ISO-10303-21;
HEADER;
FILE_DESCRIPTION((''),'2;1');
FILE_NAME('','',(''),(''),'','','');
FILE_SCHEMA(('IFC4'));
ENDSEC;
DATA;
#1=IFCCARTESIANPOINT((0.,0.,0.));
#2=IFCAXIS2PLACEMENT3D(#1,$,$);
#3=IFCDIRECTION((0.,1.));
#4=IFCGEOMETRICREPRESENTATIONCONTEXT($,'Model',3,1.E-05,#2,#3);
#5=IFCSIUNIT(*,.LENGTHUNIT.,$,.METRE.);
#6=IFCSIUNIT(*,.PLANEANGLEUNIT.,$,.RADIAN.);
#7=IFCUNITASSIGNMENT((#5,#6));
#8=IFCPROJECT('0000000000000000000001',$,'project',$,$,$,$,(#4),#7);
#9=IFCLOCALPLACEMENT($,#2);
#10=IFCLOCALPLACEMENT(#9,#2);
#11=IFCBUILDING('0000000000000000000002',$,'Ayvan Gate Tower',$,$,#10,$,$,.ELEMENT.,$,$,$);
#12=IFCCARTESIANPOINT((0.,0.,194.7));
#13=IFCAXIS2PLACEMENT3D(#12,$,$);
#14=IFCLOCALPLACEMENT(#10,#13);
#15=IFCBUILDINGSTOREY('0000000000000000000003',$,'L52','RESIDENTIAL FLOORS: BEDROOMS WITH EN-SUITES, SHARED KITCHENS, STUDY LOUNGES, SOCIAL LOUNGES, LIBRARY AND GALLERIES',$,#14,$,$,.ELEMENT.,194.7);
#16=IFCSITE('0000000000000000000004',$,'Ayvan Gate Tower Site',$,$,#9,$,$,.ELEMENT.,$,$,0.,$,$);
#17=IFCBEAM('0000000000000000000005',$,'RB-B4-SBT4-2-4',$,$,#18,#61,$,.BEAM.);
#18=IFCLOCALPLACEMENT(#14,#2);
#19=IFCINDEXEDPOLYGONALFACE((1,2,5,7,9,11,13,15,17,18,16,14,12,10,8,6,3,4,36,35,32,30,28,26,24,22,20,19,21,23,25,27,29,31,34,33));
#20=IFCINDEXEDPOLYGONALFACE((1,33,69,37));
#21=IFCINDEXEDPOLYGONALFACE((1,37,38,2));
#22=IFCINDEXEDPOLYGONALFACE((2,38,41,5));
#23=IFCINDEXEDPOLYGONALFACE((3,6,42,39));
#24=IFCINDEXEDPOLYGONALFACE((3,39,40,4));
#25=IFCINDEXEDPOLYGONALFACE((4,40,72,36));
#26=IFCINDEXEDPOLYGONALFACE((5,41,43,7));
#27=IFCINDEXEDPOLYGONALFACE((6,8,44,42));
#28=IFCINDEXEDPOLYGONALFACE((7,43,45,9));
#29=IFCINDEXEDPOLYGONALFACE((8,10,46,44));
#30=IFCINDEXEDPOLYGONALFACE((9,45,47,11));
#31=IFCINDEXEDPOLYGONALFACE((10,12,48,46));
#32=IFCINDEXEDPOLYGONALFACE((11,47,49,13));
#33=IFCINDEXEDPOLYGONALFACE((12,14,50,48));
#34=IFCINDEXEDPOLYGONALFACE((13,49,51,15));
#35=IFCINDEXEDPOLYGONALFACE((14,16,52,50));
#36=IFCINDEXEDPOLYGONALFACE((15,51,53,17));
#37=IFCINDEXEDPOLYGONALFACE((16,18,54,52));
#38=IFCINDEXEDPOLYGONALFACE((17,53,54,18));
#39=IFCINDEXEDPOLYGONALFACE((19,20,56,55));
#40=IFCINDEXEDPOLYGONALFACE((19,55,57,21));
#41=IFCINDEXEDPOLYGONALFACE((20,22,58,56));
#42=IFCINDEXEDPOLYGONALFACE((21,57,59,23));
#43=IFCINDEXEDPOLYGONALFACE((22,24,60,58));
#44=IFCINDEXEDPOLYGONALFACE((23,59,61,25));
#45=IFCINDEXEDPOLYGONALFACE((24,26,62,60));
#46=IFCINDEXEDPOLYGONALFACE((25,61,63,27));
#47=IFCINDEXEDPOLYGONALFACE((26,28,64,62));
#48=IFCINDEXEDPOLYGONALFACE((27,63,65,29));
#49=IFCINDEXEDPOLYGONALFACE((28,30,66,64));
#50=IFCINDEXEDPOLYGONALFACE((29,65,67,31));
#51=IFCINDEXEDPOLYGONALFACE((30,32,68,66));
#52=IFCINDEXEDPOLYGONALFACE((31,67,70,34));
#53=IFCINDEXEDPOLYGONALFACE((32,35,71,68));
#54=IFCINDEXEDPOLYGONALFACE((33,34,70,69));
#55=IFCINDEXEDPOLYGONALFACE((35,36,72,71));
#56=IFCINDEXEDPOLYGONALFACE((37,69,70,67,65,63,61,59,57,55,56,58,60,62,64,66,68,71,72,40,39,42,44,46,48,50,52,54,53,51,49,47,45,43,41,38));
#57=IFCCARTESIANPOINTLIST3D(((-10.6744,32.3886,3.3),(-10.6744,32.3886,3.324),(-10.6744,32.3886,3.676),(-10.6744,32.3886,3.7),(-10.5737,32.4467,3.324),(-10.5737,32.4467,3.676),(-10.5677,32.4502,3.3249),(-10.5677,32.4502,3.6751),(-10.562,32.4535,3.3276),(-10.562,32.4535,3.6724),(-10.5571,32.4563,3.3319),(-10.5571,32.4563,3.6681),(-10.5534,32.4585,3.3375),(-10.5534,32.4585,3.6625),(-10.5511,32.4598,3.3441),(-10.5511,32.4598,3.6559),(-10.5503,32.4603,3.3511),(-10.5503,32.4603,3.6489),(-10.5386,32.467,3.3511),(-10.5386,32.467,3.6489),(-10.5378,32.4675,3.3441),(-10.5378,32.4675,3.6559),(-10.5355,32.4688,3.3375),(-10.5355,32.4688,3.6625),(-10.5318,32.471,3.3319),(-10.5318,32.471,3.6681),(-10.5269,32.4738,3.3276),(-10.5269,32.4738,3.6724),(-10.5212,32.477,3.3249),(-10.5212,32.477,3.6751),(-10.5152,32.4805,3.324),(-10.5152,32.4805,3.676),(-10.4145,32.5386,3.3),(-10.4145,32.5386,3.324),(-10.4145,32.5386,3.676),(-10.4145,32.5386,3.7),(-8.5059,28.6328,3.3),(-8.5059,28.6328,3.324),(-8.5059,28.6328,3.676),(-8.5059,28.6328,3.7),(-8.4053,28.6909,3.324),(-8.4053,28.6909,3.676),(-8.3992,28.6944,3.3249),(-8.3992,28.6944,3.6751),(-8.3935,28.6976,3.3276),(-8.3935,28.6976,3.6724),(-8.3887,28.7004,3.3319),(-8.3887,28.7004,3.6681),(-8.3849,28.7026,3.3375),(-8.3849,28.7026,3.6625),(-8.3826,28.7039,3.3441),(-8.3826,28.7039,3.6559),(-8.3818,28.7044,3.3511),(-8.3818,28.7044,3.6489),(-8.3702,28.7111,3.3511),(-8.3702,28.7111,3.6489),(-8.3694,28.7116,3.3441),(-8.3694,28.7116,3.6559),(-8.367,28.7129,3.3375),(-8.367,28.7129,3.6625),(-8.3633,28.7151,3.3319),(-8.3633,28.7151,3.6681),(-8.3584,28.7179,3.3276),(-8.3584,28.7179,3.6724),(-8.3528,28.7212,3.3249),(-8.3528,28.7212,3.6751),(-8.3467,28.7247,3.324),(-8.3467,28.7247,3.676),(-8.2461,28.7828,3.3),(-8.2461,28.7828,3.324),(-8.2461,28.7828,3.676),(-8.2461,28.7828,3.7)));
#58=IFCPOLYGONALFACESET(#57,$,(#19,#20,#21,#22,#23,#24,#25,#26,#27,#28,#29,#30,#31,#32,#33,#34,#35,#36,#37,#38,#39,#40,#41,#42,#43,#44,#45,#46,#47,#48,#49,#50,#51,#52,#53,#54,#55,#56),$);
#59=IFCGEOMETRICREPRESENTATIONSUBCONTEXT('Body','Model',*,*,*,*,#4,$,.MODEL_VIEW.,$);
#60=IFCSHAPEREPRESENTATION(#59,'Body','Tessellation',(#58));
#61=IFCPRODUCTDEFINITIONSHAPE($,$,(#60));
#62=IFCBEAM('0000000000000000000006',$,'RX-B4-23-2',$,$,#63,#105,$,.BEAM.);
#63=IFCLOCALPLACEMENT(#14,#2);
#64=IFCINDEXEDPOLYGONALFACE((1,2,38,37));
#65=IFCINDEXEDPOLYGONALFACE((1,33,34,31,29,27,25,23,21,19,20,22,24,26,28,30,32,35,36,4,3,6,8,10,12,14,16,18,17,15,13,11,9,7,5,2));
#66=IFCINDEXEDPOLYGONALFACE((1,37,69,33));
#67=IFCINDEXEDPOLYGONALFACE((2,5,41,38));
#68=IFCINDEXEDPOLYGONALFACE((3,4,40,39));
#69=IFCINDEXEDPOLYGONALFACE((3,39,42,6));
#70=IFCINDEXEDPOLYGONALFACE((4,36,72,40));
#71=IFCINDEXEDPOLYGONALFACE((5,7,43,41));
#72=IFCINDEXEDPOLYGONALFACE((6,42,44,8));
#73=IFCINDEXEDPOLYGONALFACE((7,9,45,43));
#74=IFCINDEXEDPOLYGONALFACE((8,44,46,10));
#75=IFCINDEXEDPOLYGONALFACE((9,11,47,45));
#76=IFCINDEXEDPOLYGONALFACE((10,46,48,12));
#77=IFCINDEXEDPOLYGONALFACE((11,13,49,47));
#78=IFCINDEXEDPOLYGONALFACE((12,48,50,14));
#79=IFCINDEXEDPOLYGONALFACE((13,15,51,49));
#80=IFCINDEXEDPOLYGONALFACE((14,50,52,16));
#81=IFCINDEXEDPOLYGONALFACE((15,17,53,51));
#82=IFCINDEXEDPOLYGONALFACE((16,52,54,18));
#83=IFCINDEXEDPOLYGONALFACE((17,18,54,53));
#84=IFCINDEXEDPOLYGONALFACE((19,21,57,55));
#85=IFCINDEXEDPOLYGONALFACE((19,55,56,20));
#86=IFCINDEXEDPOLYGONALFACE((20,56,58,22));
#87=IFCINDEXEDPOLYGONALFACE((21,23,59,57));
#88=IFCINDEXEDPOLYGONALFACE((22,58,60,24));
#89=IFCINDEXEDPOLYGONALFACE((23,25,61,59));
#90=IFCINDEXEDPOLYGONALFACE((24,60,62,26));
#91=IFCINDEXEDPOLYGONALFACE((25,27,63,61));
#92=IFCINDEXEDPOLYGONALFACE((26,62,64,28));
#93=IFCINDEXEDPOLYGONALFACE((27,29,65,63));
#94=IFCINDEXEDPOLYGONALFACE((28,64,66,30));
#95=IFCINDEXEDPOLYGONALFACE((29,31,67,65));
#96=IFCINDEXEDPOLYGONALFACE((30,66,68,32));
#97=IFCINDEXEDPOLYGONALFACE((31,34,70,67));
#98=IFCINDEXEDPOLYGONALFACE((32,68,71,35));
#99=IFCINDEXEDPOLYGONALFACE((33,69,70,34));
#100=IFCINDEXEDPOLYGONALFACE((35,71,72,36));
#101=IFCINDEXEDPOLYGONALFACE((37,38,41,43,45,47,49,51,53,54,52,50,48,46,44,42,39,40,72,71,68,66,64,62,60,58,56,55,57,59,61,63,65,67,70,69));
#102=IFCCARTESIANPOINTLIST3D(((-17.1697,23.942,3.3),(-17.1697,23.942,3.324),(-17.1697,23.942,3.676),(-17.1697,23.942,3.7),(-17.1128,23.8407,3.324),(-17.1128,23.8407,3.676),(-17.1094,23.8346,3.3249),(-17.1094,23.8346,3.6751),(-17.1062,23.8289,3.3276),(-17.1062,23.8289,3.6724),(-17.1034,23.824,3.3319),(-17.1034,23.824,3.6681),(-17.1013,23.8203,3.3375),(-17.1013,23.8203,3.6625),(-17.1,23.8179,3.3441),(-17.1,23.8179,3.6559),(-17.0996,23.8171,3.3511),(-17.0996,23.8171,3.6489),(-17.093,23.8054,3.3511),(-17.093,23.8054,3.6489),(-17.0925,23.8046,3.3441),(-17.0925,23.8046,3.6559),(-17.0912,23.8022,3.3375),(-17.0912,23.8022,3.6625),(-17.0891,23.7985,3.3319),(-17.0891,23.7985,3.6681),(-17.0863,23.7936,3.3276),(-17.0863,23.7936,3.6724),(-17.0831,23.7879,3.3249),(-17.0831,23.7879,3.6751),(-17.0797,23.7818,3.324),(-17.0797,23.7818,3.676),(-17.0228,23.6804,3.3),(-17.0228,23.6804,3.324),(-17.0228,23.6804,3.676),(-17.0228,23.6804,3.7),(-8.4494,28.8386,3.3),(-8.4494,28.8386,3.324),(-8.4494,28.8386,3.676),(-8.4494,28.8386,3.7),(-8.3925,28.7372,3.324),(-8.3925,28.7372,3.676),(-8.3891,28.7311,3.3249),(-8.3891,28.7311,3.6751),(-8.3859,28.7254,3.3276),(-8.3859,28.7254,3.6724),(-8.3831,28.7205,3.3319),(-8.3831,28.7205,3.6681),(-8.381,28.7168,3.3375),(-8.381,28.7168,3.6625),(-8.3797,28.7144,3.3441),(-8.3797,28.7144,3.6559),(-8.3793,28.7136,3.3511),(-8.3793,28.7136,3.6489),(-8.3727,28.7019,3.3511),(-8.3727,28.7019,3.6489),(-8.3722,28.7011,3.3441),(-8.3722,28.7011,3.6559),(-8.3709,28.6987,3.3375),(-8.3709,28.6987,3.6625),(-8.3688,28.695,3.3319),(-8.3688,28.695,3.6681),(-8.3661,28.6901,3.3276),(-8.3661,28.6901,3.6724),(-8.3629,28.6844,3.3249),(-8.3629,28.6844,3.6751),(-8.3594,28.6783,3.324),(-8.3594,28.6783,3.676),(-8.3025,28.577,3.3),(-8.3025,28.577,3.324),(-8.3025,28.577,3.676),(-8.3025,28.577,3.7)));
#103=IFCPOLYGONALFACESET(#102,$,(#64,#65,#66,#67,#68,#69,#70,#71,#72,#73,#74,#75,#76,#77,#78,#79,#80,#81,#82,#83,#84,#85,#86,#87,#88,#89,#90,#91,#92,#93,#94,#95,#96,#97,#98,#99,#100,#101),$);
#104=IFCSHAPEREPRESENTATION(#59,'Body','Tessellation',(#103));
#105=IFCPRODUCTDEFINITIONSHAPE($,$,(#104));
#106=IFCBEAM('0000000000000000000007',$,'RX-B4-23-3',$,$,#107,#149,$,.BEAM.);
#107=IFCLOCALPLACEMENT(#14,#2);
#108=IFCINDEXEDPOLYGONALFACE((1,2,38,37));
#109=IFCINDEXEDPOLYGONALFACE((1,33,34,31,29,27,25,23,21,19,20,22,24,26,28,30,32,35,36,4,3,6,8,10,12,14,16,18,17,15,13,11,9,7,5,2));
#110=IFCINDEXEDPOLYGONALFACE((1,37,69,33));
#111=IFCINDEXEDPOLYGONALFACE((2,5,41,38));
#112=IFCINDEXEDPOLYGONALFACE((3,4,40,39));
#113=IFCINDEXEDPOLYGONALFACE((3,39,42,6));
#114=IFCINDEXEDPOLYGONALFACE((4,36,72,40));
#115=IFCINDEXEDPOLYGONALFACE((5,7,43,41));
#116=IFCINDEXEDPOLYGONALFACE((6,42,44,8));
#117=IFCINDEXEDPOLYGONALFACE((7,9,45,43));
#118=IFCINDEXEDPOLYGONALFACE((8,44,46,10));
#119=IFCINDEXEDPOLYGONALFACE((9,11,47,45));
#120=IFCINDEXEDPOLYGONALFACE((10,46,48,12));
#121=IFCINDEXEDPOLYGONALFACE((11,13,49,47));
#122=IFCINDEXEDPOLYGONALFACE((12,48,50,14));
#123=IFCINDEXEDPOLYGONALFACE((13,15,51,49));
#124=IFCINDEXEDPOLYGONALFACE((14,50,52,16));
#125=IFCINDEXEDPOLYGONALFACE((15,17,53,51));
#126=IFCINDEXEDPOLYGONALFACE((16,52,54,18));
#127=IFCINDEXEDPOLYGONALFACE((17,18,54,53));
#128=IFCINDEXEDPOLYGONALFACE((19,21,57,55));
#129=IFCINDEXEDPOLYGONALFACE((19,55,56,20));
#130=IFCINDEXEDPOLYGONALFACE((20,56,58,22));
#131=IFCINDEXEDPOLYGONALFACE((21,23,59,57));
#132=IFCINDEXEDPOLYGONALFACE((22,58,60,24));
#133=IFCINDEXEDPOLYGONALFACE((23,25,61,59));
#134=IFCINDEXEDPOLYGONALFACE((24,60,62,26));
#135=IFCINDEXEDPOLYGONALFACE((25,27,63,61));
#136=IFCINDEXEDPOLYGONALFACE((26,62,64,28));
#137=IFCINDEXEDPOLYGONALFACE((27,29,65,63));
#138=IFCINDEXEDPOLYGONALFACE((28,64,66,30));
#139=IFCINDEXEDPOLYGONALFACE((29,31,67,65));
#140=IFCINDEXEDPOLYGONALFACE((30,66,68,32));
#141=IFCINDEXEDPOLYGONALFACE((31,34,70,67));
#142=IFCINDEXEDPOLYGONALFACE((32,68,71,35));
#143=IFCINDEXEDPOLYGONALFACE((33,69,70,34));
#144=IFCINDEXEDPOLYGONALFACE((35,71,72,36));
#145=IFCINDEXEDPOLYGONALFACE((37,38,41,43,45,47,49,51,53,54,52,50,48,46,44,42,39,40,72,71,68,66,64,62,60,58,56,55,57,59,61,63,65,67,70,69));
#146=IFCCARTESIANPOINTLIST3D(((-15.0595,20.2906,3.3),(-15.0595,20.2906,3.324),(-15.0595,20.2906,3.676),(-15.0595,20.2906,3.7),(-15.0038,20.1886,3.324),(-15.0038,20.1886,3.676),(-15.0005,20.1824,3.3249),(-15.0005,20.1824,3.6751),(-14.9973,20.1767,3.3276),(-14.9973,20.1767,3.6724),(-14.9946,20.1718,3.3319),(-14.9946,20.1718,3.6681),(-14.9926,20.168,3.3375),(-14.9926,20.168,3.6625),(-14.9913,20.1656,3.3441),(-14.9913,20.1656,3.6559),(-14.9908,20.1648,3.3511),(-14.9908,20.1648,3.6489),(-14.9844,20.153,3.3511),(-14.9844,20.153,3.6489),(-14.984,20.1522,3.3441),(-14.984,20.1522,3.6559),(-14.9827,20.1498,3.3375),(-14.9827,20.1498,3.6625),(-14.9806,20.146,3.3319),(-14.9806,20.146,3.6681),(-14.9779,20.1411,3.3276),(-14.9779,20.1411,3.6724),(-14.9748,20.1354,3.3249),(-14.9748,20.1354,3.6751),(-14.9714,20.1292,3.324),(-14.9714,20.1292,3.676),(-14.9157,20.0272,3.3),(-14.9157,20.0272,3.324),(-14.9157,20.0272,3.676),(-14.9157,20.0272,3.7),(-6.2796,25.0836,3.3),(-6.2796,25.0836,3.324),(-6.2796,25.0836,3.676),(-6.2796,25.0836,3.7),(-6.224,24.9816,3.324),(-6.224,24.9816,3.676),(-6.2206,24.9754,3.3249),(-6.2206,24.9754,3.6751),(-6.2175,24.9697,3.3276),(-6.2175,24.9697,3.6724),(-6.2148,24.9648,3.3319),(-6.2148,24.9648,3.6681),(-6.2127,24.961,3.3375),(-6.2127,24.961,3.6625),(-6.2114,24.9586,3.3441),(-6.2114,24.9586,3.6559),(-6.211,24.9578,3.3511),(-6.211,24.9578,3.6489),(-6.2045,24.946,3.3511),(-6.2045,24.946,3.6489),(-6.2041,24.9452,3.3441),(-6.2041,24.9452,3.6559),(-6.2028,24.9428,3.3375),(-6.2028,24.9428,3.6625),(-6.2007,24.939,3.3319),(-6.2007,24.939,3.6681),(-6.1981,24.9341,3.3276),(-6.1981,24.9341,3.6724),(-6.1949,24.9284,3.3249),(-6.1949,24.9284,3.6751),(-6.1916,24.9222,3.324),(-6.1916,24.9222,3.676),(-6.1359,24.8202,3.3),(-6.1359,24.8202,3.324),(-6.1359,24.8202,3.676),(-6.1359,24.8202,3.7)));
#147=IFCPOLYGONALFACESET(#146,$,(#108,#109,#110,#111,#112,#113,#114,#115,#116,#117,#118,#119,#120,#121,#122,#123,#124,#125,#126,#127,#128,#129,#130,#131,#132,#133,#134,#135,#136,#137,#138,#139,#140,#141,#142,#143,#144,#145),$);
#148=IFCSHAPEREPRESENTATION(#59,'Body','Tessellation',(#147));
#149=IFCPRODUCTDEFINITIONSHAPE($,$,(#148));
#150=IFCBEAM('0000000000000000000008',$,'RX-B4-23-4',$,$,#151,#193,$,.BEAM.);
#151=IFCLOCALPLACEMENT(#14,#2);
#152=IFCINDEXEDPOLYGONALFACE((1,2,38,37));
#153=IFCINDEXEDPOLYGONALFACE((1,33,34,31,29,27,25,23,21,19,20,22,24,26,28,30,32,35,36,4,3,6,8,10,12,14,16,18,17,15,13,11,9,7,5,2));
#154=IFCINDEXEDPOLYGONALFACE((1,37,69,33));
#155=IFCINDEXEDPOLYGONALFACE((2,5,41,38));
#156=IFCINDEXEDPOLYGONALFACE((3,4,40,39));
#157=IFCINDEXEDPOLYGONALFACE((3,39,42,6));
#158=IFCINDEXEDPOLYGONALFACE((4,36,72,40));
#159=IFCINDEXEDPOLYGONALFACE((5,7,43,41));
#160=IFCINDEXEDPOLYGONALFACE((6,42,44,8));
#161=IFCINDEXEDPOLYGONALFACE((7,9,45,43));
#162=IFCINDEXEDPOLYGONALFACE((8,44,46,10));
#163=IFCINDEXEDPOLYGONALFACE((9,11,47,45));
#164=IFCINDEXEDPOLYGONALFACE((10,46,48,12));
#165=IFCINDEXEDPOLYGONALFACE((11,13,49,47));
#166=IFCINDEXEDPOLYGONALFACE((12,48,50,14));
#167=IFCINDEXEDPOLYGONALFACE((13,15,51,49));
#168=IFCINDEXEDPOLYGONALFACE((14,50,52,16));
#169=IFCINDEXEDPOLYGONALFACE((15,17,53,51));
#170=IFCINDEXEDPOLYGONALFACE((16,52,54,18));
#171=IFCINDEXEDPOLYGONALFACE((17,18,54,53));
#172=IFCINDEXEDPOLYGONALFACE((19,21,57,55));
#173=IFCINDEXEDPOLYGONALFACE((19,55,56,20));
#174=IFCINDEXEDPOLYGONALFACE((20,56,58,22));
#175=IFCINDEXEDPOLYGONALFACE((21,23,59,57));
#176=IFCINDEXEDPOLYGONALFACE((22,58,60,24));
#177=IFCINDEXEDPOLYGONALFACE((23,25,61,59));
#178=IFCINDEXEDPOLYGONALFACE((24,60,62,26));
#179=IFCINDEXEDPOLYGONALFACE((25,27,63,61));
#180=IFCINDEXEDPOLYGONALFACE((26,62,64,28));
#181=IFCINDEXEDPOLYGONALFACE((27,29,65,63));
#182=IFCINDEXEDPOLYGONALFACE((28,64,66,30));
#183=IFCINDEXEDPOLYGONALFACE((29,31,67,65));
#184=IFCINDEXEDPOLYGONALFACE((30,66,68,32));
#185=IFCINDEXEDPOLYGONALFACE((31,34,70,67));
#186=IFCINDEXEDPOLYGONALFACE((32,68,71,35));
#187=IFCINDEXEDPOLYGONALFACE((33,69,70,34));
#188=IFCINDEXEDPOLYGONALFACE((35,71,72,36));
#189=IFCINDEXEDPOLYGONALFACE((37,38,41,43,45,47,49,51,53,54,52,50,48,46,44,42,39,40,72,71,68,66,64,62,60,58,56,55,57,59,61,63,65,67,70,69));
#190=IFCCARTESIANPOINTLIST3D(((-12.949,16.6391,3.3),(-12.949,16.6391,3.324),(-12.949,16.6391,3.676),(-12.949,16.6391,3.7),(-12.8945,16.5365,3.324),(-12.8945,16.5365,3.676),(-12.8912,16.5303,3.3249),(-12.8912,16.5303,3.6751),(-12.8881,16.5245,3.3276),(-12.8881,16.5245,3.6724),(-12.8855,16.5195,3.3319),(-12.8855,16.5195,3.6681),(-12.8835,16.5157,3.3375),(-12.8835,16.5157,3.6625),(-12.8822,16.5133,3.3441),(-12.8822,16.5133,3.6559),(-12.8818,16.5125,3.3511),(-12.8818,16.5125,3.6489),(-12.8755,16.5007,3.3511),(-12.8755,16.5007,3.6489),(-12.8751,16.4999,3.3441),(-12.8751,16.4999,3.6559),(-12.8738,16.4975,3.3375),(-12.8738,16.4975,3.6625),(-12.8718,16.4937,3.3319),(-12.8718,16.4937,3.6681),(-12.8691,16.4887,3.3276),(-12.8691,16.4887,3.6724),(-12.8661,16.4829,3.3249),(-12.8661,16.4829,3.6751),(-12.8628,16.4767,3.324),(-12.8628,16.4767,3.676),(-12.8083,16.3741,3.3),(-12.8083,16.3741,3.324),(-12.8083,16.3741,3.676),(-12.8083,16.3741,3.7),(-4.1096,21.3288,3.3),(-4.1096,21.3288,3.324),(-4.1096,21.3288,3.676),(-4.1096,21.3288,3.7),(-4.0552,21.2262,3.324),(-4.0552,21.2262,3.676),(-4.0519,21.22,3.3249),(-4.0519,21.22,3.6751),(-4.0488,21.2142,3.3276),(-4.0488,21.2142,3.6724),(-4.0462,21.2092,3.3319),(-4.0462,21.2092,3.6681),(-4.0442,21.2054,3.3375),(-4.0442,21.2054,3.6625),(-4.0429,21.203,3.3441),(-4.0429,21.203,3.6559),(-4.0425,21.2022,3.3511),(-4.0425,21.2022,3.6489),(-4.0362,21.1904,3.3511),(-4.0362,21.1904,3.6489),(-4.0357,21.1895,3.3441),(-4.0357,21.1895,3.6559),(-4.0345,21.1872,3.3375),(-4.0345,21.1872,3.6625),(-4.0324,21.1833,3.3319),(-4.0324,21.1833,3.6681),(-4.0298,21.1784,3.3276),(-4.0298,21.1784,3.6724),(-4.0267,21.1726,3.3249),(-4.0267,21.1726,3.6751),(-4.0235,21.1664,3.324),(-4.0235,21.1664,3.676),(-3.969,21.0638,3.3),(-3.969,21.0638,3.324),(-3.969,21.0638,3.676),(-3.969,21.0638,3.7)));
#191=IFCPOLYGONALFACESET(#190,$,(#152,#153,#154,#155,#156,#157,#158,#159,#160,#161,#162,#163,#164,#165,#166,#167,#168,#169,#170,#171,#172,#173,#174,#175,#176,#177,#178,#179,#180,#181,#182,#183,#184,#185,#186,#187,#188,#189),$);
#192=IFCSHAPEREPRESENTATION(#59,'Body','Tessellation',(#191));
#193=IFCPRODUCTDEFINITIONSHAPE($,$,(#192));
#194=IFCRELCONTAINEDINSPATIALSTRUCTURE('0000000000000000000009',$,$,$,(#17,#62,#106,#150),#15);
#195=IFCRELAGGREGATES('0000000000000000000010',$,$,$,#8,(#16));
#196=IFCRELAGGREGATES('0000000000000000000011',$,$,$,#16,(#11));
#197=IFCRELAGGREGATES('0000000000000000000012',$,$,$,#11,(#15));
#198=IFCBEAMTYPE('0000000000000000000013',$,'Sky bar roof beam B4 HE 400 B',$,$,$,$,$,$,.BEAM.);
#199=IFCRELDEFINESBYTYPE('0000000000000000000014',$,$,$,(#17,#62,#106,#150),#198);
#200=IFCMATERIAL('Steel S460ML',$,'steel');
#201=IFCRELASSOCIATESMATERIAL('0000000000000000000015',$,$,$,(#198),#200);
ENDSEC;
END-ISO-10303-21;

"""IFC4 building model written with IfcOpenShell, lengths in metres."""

from ifc_helpers import new_model, si_unit, direction, frame, origin, origin_2d, place, context, subcontext, project, spatial, i_section, extrude, material, material_profile, profile_set, type_object, element, save


model = new_model("IFC4")

# Units and contexts
model_context = context("Model", 3, precision=1e-05, world=origin(), true_north=direction((0.0, 1.0)))
body_context = subcontext(model_context, "Body", "Model", "MODEL_VIEW")
ifc_project = project(units=[si_unit("LENGTHUNIT", "METRE"), si_unit("PLANEANGLEUNIT", "RADIAN")], contexts=[model_context])

# Site, building, storey
site_placement = place(None, origin())
site = spatial("IfcSite", under=ifc_project, at=site_placement, Name="Ayvan Gate Tower Site", CompositionType="ELEMENT", RefElevation=0.0)
building_placement = place(site_placement, origin())
building = spatial("IfcBuilding", under=site, at=building_placement, Name="Ayvan Gate Tower", CompositionType="ELEMENT")
storey_placement = place(building_placement, frame((0.0, 0.0, 194.7)))
storey = spatial("IfcBuildingStorey", under=building, at=storey_placement, Name="L52", Description="RESIDENTIAL FLOORS: BEDROOMS WITH EN-SUITES, SHARED KITCHENS, STUDY LOUNGES, SOCIAL LOUNGES, LIBRARY AND GALLERIES", CompositionType="ELEMENT", Elevation=194.7)

# Beams
ifc_material_1 = material(Name="Steel S460ML", Category="steel")
ifc_material_profile_1 = material_profile(ifc_material_1, i_section(OverallWidth=0.3, OverallDepth=0.3999, WebThickness=0.0134, FlangeThickness=0.0239, FilletRadius=0.0271, at=origin_2d()), Name="HE 400 B")
ifc_profile_set_1 = profile_set([ifc_material_profile_1], Name="Steel S460ML")
beam_type_1 = type_object("IfcBeamType", Name="Sky bar roof beam B4 HE 400 B", PredefinedType="BEAM", material=ifc_profile_set_1)
beam_1_placement = place(storey_placement, frame((-8.376, 28.7078, 3.5), z_axis=(-0.500002, 0.866024, 0.0), x_axis=(-0.866024, -0.500002, 0.0)))
element("IfcBeam", 1, at=beam_1_placement, inside=storey, type_object=beam_type_1, Name="RB-B4-SBT4-2-4", PredefinedType="BEAM", context=body_context, shape_type="SweptSolid", body=[
    extrude(i_section(OverallWidth=0.3, OverallDepth=0.3999, WebThickness=0.0134, FlangeThickness=0.0239, FilletRadius=0.0271, at=origin_2d()), origin(), (0.0, 0.0, 1.0), 4.3369),
])
beam_2_placement = place(storey_placement, frame((-8.376, 28.7078, 3.5), z_axis=(-0.871944, -0.489605, 0.0), x_axis=(0.489605, -0.871944, 0.0)))
element("IfcBeam", 2, at=beam_2_placement, inside=storey, type_object=beam_type_1, Name="RX-B4-23-2", PredefinedType="BEAM", context=body_context, shape_type="SweptSolid", body=[
    extrude(i_section(OverallWidth=0.3, OverallDepth=0.3999, WebThickness=0.0134, FlangeThickness=0.0239, FilletRadius=0.0271, at=origin_2d()), origin(), (0.0, 0.0, 1.0), 10.001),
])
beam_3_placement = place(storey_placement, frame((-6.2078, 24.9519, 3.5), z_axis=(-0.877728, -0.47916, 0.0), x_axis=(0.47916, -0.877728, 0.0)))
element("IfcBeam", 3, at=beam_3_placement, inside=storey, type_object=beam_type_1, Name="RX-B4-23-3", PredefinedType="BEAM", context=body_context, shape_type="SweptSolid", body=[
    extrude(i_section(OverallWidth=0.3, OverallDepth=0.3999, WebThickness=0.0134, FlangeThickness=0.0239, FilletRadius=0.0271, at=origin_2d()), origin(), (0.0, 0.0, 1.0), 10.0029),
])
beam_4_placement = place(storey_placement, frame((-4.0393, 21.1963, 3.5), z_axis=(-0.883373, -0.468671, 0.0), x_axis=(0.468671, -0.883373, 0.0)))
element("IfcBeam", 4, at=beam_4_placement, inside=storey, type_object=beam_type_1, Name="RX-B4-23-4", PredefinedType="BEAM", context=body_context, shape_type="SweptSolid", body=[
    extrude(i_section(OverallWidth=0.3, OverallDepth=0.3999, WebThickness=0.0134, FlangeThickness=0.0239, FilletRadius=0.0271, at=origin_2d()), origin(), (0.0, 0.0, 1.0), 10.0063),
])

save(model, "model.ifc")
